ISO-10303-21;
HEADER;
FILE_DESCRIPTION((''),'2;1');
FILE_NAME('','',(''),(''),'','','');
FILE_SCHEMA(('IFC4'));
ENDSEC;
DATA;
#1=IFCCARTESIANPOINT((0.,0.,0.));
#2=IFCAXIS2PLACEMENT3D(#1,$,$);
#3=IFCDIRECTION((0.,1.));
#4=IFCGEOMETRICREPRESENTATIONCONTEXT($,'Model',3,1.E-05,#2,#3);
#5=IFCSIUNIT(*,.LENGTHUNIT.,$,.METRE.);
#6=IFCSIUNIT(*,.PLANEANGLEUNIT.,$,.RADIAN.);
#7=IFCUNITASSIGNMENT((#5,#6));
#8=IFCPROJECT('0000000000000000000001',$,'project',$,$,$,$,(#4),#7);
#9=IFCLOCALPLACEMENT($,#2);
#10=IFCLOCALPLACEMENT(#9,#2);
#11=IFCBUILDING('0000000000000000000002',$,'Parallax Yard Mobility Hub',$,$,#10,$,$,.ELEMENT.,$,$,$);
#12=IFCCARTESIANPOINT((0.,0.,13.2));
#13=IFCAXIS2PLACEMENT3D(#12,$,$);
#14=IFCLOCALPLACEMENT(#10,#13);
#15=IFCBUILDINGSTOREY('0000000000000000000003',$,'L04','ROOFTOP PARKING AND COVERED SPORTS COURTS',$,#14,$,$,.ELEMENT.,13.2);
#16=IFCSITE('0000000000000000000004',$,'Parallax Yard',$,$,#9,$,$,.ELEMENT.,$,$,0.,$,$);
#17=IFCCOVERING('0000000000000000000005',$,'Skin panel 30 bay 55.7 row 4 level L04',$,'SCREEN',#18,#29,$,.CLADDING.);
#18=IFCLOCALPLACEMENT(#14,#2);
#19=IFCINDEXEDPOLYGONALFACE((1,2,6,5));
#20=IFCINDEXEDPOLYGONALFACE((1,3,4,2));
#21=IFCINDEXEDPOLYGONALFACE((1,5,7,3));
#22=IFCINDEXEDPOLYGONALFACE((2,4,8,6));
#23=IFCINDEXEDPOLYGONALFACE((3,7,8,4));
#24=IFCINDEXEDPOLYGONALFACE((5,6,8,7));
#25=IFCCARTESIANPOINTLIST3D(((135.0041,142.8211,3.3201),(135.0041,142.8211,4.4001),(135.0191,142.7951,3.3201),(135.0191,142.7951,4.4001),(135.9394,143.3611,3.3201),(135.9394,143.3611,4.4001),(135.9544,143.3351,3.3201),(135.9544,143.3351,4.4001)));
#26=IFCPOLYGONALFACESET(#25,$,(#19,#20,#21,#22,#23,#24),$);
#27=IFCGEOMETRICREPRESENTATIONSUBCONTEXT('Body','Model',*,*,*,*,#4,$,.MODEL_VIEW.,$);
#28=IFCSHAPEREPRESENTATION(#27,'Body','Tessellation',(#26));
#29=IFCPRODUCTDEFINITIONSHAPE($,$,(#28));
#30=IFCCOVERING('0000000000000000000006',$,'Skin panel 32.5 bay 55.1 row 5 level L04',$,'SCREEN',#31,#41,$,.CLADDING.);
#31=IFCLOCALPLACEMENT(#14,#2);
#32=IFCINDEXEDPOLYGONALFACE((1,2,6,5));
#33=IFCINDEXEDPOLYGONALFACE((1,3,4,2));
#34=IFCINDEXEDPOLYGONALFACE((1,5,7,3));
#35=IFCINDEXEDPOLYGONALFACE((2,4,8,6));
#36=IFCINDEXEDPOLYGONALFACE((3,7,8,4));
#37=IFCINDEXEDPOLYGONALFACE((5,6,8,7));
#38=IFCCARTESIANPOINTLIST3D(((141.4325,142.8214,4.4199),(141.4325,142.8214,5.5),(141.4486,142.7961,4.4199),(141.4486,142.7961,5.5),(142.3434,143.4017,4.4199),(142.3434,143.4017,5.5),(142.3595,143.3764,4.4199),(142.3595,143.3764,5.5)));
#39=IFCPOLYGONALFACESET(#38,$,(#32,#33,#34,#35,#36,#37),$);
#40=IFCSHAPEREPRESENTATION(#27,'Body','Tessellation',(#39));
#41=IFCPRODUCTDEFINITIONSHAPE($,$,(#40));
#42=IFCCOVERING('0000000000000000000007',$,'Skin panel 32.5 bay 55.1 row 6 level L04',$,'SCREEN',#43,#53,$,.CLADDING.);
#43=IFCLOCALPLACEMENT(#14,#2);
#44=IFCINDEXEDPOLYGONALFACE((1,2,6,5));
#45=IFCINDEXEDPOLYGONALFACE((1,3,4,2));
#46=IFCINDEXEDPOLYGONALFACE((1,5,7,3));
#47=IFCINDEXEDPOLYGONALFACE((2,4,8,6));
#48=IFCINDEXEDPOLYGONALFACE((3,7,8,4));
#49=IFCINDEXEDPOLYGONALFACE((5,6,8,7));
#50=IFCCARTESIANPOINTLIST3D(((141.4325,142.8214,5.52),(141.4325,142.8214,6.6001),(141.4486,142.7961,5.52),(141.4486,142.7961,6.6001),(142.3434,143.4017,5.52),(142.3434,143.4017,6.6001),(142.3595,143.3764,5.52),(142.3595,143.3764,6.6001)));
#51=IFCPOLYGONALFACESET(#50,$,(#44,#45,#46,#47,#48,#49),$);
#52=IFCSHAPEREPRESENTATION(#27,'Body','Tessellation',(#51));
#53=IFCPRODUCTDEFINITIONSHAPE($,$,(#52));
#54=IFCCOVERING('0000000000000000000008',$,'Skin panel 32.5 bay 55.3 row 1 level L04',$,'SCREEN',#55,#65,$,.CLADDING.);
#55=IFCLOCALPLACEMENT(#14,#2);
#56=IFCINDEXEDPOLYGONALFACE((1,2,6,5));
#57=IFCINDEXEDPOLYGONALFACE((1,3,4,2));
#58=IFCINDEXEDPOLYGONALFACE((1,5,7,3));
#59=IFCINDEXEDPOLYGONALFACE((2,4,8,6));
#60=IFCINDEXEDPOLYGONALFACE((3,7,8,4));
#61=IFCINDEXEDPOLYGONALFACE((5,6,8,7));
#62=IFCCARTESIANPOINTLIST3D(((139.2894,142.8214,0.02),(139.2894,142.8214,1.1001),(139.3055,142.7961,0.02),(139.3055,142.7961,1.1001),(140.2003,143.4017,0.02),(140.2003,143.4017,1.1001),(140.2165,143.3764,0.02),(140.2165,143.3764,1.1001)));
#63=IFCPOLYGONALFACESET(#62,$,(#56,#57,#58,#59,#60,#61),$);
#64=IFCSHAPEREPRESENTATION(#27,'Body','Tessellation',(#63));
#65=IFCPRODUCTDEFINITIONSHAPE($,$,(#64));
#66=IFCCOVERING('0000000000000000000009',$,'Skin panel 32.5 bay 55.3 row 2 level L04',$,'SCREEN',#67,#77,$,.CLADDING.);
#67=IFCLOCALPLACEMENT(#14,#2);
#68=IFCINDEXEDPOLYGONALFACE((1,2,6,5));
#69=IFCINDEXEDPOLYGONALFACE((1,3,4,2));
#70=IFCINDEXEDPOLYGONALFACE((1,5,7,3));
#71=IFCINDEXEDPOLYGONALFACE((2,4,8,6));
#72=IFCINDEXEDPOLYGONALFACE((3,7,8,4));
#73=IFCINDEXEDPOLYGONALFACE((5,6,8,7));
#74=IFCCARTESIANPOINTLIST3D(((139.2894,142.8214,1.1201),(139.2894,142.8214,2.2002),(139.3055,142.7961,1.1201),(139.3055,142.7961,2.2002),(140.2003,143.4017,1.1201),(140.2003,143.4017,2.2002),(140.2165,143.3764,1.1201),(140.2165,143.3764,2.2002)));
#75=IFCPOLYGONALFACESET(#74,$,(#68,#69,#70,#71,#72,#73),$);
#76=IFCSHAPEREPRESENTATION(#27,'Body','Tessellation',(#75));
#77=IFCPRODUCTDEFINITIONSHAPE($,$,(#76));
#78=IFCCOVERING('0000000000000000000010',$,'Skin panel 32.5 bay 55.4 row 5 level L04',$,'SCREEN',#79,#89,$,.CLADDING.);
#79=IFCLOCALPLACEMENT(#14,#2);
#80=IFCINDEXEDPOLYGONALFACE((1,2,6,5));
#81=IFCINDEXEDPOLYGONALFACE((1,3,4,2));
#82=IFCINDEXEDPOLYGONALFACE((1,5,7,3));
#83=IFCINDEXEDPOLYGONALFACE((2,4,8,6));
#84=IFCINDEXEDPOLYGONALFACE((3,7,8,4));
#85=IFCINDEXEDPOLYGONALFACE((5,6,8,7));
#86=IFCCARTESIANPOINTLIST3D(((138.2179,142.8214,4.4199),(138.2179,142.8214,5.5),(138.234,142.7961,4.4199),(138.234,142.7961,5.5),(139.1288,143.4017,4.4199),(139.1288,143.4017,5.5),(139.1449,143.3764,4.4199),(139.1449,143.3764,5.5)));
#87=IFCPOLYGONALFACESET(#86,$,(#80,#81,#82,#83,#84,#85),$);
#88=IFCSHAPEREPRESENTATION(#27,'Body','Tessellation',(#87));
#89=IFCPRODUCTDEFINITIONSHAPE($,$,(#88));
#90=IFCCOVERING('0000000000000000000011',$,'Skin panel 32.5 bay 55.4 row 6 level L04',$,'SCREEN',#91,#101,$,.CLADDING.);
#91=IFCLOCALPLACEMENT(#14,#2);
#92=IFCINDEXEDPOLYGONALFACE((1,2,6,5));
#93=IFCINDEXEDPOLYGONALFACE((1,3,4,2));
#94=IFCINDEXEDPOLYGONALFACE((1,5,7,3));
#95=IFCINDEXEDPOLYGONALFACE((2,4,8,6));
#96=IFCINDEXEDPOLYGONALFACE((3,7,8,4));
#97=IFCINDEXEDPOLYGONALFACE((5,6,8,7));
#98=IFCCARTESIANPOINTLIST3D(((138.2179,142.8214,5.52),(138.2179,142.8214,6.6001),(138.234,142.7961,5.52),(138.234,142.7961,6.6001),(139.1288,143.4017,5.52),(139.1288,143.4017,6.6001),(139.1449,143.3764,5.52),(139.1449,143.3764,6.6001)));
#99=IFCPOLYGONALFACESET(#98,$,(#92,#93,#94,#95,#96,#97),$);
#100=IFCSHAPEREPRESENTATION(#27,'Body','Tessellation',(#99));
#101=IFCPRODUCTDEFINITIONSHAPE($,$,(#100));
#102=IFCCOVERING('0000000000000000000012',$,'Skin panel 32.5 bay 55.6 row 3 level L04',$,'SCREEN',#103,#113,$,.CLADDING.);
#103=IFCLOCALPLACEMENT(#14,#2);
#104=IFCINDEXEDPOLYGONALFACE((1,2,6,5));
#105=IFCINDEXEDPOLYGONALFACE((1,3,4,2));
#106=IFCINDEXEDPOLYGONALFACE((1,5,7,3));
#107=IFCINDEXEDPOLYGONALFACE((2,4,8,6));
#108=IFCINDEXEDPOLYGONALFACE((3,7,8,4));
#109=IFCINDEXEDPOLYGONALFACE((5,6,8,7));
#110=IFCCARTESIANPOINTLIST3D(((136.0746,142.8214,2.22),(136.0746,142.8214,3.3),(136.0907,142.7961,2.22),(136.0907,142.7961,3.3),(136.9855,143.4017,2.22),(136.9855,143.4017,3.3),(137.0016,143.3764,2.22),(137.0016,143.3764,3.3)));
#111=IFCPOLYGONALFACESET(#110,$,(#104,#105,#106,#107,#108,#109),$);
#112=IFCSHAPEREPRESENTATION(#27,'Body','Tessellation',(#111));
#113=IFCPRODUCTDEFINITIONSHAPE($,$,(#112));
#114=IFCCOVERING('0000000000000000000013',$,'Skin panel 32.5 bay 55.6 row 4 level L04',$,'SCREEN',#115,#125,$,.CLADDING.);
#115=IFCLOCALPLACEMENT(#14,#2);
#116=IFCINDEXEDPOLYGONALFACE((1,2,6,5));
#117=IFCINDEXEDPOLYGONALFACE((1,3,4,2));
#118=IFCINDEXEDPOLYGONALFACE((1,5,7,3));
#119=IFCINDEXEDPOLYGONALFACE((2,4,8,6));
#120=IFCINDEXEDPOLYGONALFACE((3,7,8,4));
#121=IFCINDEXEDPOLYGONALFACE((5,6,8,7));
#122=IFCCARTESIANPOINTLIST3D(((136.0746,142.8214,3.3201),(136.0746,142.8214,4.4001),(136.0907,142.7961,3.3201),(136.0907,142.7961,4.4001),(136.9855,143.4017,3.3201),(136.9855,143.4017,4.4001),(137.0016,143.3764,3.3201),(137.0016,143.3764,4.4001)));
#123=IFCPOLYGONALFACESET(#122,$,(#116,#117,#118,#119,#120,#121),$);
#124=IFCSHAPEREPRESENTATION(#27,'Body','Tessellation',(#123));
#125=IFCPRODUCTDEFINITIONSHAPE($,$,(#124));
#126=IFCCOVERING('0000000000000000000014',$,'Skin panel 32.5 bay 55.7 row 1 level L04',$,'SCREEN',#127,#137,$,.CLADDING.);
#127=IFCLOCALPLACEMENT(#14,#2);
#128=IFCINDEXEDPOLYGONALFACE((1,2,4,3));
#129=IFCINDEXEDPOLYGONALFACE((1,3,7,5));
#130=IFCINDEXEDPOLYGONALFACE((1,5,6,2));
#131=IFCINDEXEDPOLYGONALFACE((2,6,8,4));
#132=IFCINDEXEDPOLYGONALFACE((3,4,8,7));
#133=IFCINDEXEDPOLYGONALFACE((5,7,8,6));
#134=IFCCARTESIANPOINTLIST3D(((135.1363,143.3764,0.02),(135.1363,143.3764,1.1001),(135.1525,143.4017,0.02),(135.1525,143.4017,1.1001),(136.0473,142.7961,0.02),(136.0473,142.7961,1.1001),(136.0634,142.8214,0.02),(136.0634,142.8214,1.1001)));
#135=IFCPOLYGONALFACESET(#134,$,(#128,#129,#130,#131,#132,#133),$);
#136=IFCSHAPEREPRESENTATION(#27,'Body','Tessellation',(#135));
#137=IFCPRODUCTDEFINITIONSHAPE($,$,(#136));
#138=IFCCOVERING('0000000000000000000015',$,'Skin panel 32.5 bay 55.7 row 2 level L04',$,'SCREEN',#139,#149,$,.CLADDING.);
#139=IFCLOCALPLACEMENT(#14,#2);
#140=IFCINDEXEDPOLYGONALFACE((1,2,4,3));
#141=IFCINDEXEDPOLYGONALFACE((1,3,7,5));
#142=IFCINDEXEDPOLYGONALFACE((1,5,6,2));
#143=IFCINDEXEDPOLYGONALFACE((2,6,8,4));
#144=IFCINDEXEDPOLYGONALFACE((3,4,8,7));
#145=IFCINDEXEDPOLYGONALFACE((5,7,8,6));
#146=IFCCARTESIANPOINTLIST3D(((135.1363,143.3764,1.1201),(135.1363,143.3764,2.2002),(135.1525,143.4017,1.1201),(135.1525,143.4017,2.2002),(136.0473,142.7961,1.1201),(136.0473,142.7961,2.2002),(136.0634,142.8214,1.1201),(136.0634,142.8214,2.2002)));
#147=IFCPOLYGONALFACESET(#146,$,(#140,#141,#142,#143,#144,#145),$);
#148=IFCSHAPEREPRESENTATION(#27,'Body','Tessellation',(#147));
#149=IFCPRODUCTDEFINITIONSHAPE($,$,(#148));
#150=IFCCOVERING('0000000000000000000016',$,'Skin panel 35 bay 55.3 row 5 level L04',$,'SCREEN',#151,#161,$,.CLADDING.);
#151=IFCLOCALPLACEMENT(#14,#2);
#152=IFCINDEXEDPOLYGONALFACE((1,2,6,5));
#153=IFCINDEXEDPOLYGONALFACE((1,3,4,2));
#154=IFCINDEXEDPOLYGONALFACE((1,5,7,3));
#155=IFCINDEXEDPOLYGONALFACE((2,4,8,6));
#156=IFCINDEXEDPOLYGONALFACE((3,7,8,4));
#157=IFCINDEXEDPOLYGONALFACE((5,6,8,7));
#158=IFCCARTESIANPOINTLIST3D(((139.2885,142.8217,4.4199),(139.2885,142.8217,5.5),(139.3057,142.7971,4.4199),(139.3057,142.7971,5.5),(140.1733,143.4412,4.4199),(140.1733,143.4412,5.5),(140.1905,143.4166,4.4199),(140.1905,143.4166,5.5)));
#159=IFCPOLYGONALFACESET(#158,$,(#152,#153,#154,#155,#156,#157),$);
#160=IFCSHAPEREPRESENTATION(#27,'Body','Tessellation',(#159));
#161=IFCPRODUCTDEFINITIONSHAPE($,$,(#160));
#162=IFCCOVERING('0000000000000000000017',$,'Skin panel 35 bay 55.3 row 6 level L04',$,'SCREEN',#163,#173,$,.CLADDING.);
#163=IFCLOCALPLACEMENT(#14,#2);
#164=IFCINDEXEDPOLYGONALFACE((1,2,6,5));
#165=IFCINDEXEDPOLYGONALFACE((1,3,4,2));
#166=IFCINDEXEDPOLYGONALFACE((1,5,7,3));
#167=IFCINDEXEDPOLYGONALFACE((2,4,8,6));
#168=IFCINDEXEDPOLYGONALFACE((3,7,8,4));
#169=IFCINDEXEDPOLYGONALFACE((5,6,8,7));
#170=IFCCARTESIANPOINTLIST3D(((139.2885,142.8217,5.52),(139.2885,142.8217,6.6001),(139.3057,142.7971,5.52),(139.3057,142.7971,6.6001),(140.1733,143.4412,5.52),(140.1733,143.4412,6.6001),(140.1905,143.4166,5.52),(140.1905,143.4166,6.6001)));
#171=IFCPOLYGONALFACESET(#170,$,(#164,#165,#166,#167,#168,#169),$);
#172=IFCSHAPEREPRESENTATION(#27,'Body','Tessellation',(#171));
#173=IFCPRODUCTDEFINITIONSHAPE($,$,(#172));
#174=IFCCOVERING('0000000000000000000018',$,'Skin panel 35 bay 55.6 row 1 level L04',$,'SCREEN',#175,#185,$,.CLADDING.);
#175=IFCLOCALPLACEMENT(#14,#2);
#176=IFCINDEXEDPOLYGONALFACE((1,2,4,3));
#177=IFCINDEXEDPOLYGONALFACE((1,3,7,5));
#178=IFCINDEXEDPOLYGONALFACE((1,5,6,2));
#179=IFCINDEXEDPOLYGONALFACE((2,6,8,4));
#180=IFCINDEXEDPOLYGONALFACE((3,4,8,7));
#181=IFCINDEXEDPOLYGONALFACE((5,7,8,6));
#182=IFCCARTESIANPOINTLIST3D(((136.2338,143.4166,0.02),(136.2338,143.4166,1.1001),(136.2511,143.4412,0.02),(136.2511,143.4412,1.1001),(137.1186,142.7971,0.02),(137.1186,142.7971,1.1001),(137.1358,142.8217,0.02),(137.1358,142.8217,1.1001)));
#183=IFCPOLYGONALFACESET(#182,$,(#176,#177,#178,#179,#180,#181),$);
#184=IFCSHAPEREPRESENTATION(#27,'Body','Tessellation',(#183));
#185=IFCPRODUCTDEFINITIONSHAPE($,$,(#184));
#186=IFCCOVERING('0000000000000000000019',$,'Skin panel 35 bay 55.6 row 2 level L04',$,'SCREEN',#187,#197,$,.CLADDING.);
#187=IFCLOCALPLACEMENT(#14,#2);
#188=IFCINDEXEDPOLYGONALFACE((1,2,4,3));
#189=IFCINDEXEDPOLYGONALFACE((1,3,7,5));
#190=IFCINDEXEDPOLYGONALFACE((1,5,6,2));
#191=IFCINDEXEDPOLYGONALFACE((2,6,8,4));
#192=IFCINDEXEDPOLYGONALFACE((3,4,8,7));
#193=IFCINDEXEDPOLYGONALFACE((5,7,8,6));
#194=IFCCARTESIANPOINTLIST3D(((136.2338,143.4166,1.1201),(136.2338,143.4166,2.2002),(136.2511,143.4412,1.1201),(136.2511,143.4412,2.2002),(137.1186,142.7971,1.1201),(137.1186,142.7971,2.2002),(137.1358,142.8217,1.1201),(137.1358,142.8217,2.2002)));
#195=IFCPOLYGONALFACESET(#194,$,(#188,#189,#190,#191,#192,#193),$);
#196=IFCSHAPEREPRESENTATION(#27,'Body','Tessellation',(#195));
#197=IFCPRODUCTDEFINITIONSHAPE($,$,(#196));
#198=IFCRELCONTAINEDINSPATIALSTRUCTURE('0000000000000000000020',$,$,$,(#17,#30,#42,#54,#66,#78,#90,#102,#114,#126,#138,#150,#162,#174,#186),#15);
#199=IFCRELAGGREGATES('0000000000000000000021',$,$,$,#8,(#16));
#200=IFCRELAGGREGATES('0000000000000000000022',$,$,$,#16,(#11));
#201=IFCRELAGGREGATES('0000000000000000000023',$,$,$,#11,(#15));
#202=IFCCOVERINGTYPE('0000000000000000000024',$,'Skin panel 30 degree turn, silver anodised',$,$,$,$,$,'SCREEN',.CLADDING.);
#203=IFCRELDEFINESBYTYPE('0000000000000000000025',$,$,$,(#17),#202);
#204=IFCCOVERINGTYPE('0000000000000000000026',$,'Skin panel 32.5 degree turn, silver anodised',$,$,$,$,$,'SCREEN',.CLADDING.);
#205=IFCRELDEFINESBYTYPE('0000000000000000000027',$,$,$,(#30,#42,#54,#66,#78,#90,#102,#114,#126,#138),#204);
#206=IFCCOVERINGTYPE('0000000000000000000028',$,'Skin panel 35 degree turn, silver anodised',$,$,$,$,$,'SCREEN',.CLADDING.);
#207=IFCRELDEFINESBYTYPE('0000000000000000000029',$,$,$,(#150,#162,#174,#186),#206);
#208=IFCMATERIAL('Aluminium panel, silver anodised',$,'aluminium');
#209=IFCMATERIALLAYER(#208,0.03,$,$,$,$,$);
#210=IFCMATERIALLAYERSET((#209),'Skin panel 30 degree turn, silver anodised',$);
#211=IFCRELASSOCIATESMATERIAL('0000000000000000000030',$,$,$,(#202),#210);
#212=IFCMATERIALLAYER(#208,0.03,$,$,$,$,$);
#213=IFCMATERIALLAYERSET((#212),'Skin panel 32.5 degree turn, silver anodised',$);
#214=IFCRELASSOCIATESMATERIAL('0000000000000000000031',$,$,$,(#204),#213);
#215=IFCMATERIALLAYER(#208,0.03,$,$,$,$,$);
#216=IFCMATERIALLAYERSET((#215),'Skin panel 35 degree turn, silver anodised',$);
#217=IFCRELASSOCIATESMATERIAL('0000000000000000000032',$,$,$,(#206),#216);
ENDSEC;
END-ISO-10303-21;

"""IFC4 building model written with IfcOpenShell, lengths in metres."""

from ifc_helpers import new_model, si_unit, direction, frame, origin, origin_2d, place, context, subcontext, project, spatial, rectangle, extrude, material, layer, layer_set, type_object, element, save


model = new_model("IFC4")

# Units and contexts
model_context = context("Model", 3, precision=1e-05, world=origin(), true_north=direction((0.0, 1.0)))
body_context = subcontext(model_context, "Body", "Model", "MODEL_VIEW")
ifc_project = project(units=[si_unit("LENGTHUNIT", "METRE"), si_unit("PLANEANGLEUNIT", "RADIAN")], contexts=[model_context])

# Site, building, storey
site_placement = place(None, origin())
site = spatial("IfcSite", under=ifc_project, at=site_placement, Name="Parallax Yard", CompositionType="ELEMENT", RefElevation=0.0)
building_placement = place(site_placement, origin())
building = spatial("IfcBuilding", under=site, at=building_placement, Name="Parallax Yard Mobility Hub", CompositionType="ELEMENT")
storey_placement = place(building_placement, frame((0.0, 0.0, 13.2)))
storey = spatial("IfcBuildingStorey", under=building, at=storey_placement, Name="L04", Description="ROOFTOP PARKING AND COVERED SPORTS COURTS", CompositionType="ELEMENT", Elevation=13.2)

# Coverings
ifc_material = material(Name="Aluminium panel, silver anodised", Category="aluminium")
ifc_layer_1 = layer(ifc_material, 0.03)
ifc_layer_set_1 = layer_set([ifc_layer_1], Name="Skin panel 30 degree turn, silver anodised")
covering_type_1 = type_object("IfcCoveringType", Name="Skin panel 30 degree turn, silver anodised", ElementType="SCREEN", PredefinedType="CLADDING", material=ifc_layer_set_1)
for number, where, z_axis, x_axis, name in (
    (1, (135.4792, 143.0781, 3.3201), (0.0, 0.0, 1.0), (0.866025, 0.5, 0.0), "Skin panel 30 bay 55.7 row 4 level L04"),
):
    element("IfcCovering", number, at=place(storey_placement, frame(where, z_axis=z_axis, x_axis=x_axis)), inside=storey, type_object=covering_type_1, Name=name, ObjectType="SCREEN", PredefinedType="CLADDING", context=body_context, shape_type="SweptSolid", body=[
        extrude(rectangle(XDim=1.0801, YDim=0.03, at=origin_2d()), origin(), (0.0, 0.0, 1.0), 1.0801),
    ])
ifc_layer_2 = layer(ifc_material, 0.03)
ifc_layer_set_2 = layer_set([ifc_layer_2], Name="Skin panel 32.5 degree turn, silver anodised")
covering_type_2 = type_object("IfcCoveringType", Name="Skin panel 32.5 degree turn, silver anodised", ElementType="SCREEN", PredefinedType="CLADDING", material=ifc_layer_set_2)
for number, where, z_axis, x_axis, name in (
    (2, (141.896, 143.0989, 4.4199), (0.0, 0.0, 1.0), (0.843391, 0.5373, 0.0), "Skin panel 32.5 bay 55.1 row 5 level L04"),
    (3, (141.896, 143.0989, 5.52), (0.0, 0.0, 1.0), (0.843391, 0.5373, 0.0), "Skin panel 32.5 bay 55.1 row 6 level L04"),
    (4, (139.7529, 143.0989, 0.02), (0.0, 0.0, 1.0), (0.843391, 0.5373, 0.0), "Skin panel 32.5 bay 55.3 row 1 level L04"),
    (5, (139.7529, 143.0989, 1.1201), (0.0, 0.0, 1.0), (0.843391, 0.5373, 0.0), "Skin panel 32.5 bay 55.3 row 2 level L04"),
    (6, (138.6814, 143.0989, 4.4199), (0.0, 0.0, 1.0), (0.843391, 0.5373, 0.0), "Skin panel 32.5 bay 55.4 row 5 level L04"),
    (7, (138.6814, 143.0989, 5.52), (0.0, 0.0, 1.0), (0.843391, 0.5373, 0.0), "Skin panel 32.5 bay 55.4 row 6 level L04"),
    (8, (136.5381, 143.0989, 2.22), (0.0, 0.0, 1.0), (0.843391, 0.5373, 0.0), "Skin panel 32.5 bay 55.6 row 3 level L04"),
    (9, (136.5381, 143.0989, 3.3201), (0.0, 0.0, 1.0), (0.843391, 0.5373, 0.0), "Skin panel 32.5 bay 55.6 row 4 level L04"),
    (10, (135.5999, 143.0989, 0.02), (0.0, 0.0, 1.0), (-0.843391, 0.5373, 0.0), "Skin panel 32.5 bay 55.7 row 1 level L04"),
    (11, (135.5999, 143.0989, 1.1201), (0.0, 0.0, 1.0), (-0.843391, 0.5373, 0.0), "Skin panel 32.5 bay 55.7 row 2 level L04"),
):
    element("IfcCovering", number, at=place(storey_placement, frame(where, z_axis=z_axis, x_axis=x_axis)), inside=storey, type_object=covering_type_2, Name=name, ObjectType="SCREEN", PredefinedType="CLADDING", context=body_context, shape_type="SweptSolid", body=[
        extrude(rectangle(XDim=1.0801, YDim=0.03, at=origin_2d()), origin(), (0.0, 0.0, 1.0), 1.0801),
    ])
ifc_layer_3 = layer(ifc_material, 0.03)
ifc_layer_set_3 = layer_set([ifc_layer_3], Name="Skin panel 35 degree turn, silver anodised")
covering_type_3 = type_object("IfcCoveringType", Name="Skin panel 35 degree turn, silver anodised", ElementType="SCREEN", PredefinedType="CLADDING", material=ifc_layer_set_3)
for number, where, z_axis, x_axis, name in (
    (12, (139.7395, 143.1191, 4.4199), (0.0, 0.0, 1.0), (0.819152, 0.573576, 0.0), "Skin panel 35 bay 55.3 row 5 level L04"),
    (13, (139.7395, 143.1191, 5.52), (0.0, 0.0, 1.0), (0.819152, 0.573576, 0.0), "Skin panel 35 bay 55.3 row 6 level L04"),
    (14, (136.6848, 143.1191, 0.02), (0.0, 0.0, 1.0), (-0.819152, 0.573576, 0.0), "Skin panel 35 bay 55.6 row 1 level L04"),
    (15, (136.6848, 143.1191, 1.1201), (0.0, 0.0, 1.0), (-0.819152, 0.573576, 0.0), "Skin panel 35 bay 55.6 row 2 level L04"),
):
    element("IfcCovering", number, at=place(storey_placement, frame(where, z_axis=z_axis, x_axis=x_axis)), inside=storey, type_object=covering_type_3, Name=name, ObjectType="SCREEN", PredefinedType="CLADDING", context=body_context, shape_type="SweptSolid", body=[
        extrude(rectangle(XDim=1.0801, YDim=0.03, at=origin_2d()), origin(), (0.0, 0.0, 1.0), 1.0801),
    ])

save(model, "model.ifc")
